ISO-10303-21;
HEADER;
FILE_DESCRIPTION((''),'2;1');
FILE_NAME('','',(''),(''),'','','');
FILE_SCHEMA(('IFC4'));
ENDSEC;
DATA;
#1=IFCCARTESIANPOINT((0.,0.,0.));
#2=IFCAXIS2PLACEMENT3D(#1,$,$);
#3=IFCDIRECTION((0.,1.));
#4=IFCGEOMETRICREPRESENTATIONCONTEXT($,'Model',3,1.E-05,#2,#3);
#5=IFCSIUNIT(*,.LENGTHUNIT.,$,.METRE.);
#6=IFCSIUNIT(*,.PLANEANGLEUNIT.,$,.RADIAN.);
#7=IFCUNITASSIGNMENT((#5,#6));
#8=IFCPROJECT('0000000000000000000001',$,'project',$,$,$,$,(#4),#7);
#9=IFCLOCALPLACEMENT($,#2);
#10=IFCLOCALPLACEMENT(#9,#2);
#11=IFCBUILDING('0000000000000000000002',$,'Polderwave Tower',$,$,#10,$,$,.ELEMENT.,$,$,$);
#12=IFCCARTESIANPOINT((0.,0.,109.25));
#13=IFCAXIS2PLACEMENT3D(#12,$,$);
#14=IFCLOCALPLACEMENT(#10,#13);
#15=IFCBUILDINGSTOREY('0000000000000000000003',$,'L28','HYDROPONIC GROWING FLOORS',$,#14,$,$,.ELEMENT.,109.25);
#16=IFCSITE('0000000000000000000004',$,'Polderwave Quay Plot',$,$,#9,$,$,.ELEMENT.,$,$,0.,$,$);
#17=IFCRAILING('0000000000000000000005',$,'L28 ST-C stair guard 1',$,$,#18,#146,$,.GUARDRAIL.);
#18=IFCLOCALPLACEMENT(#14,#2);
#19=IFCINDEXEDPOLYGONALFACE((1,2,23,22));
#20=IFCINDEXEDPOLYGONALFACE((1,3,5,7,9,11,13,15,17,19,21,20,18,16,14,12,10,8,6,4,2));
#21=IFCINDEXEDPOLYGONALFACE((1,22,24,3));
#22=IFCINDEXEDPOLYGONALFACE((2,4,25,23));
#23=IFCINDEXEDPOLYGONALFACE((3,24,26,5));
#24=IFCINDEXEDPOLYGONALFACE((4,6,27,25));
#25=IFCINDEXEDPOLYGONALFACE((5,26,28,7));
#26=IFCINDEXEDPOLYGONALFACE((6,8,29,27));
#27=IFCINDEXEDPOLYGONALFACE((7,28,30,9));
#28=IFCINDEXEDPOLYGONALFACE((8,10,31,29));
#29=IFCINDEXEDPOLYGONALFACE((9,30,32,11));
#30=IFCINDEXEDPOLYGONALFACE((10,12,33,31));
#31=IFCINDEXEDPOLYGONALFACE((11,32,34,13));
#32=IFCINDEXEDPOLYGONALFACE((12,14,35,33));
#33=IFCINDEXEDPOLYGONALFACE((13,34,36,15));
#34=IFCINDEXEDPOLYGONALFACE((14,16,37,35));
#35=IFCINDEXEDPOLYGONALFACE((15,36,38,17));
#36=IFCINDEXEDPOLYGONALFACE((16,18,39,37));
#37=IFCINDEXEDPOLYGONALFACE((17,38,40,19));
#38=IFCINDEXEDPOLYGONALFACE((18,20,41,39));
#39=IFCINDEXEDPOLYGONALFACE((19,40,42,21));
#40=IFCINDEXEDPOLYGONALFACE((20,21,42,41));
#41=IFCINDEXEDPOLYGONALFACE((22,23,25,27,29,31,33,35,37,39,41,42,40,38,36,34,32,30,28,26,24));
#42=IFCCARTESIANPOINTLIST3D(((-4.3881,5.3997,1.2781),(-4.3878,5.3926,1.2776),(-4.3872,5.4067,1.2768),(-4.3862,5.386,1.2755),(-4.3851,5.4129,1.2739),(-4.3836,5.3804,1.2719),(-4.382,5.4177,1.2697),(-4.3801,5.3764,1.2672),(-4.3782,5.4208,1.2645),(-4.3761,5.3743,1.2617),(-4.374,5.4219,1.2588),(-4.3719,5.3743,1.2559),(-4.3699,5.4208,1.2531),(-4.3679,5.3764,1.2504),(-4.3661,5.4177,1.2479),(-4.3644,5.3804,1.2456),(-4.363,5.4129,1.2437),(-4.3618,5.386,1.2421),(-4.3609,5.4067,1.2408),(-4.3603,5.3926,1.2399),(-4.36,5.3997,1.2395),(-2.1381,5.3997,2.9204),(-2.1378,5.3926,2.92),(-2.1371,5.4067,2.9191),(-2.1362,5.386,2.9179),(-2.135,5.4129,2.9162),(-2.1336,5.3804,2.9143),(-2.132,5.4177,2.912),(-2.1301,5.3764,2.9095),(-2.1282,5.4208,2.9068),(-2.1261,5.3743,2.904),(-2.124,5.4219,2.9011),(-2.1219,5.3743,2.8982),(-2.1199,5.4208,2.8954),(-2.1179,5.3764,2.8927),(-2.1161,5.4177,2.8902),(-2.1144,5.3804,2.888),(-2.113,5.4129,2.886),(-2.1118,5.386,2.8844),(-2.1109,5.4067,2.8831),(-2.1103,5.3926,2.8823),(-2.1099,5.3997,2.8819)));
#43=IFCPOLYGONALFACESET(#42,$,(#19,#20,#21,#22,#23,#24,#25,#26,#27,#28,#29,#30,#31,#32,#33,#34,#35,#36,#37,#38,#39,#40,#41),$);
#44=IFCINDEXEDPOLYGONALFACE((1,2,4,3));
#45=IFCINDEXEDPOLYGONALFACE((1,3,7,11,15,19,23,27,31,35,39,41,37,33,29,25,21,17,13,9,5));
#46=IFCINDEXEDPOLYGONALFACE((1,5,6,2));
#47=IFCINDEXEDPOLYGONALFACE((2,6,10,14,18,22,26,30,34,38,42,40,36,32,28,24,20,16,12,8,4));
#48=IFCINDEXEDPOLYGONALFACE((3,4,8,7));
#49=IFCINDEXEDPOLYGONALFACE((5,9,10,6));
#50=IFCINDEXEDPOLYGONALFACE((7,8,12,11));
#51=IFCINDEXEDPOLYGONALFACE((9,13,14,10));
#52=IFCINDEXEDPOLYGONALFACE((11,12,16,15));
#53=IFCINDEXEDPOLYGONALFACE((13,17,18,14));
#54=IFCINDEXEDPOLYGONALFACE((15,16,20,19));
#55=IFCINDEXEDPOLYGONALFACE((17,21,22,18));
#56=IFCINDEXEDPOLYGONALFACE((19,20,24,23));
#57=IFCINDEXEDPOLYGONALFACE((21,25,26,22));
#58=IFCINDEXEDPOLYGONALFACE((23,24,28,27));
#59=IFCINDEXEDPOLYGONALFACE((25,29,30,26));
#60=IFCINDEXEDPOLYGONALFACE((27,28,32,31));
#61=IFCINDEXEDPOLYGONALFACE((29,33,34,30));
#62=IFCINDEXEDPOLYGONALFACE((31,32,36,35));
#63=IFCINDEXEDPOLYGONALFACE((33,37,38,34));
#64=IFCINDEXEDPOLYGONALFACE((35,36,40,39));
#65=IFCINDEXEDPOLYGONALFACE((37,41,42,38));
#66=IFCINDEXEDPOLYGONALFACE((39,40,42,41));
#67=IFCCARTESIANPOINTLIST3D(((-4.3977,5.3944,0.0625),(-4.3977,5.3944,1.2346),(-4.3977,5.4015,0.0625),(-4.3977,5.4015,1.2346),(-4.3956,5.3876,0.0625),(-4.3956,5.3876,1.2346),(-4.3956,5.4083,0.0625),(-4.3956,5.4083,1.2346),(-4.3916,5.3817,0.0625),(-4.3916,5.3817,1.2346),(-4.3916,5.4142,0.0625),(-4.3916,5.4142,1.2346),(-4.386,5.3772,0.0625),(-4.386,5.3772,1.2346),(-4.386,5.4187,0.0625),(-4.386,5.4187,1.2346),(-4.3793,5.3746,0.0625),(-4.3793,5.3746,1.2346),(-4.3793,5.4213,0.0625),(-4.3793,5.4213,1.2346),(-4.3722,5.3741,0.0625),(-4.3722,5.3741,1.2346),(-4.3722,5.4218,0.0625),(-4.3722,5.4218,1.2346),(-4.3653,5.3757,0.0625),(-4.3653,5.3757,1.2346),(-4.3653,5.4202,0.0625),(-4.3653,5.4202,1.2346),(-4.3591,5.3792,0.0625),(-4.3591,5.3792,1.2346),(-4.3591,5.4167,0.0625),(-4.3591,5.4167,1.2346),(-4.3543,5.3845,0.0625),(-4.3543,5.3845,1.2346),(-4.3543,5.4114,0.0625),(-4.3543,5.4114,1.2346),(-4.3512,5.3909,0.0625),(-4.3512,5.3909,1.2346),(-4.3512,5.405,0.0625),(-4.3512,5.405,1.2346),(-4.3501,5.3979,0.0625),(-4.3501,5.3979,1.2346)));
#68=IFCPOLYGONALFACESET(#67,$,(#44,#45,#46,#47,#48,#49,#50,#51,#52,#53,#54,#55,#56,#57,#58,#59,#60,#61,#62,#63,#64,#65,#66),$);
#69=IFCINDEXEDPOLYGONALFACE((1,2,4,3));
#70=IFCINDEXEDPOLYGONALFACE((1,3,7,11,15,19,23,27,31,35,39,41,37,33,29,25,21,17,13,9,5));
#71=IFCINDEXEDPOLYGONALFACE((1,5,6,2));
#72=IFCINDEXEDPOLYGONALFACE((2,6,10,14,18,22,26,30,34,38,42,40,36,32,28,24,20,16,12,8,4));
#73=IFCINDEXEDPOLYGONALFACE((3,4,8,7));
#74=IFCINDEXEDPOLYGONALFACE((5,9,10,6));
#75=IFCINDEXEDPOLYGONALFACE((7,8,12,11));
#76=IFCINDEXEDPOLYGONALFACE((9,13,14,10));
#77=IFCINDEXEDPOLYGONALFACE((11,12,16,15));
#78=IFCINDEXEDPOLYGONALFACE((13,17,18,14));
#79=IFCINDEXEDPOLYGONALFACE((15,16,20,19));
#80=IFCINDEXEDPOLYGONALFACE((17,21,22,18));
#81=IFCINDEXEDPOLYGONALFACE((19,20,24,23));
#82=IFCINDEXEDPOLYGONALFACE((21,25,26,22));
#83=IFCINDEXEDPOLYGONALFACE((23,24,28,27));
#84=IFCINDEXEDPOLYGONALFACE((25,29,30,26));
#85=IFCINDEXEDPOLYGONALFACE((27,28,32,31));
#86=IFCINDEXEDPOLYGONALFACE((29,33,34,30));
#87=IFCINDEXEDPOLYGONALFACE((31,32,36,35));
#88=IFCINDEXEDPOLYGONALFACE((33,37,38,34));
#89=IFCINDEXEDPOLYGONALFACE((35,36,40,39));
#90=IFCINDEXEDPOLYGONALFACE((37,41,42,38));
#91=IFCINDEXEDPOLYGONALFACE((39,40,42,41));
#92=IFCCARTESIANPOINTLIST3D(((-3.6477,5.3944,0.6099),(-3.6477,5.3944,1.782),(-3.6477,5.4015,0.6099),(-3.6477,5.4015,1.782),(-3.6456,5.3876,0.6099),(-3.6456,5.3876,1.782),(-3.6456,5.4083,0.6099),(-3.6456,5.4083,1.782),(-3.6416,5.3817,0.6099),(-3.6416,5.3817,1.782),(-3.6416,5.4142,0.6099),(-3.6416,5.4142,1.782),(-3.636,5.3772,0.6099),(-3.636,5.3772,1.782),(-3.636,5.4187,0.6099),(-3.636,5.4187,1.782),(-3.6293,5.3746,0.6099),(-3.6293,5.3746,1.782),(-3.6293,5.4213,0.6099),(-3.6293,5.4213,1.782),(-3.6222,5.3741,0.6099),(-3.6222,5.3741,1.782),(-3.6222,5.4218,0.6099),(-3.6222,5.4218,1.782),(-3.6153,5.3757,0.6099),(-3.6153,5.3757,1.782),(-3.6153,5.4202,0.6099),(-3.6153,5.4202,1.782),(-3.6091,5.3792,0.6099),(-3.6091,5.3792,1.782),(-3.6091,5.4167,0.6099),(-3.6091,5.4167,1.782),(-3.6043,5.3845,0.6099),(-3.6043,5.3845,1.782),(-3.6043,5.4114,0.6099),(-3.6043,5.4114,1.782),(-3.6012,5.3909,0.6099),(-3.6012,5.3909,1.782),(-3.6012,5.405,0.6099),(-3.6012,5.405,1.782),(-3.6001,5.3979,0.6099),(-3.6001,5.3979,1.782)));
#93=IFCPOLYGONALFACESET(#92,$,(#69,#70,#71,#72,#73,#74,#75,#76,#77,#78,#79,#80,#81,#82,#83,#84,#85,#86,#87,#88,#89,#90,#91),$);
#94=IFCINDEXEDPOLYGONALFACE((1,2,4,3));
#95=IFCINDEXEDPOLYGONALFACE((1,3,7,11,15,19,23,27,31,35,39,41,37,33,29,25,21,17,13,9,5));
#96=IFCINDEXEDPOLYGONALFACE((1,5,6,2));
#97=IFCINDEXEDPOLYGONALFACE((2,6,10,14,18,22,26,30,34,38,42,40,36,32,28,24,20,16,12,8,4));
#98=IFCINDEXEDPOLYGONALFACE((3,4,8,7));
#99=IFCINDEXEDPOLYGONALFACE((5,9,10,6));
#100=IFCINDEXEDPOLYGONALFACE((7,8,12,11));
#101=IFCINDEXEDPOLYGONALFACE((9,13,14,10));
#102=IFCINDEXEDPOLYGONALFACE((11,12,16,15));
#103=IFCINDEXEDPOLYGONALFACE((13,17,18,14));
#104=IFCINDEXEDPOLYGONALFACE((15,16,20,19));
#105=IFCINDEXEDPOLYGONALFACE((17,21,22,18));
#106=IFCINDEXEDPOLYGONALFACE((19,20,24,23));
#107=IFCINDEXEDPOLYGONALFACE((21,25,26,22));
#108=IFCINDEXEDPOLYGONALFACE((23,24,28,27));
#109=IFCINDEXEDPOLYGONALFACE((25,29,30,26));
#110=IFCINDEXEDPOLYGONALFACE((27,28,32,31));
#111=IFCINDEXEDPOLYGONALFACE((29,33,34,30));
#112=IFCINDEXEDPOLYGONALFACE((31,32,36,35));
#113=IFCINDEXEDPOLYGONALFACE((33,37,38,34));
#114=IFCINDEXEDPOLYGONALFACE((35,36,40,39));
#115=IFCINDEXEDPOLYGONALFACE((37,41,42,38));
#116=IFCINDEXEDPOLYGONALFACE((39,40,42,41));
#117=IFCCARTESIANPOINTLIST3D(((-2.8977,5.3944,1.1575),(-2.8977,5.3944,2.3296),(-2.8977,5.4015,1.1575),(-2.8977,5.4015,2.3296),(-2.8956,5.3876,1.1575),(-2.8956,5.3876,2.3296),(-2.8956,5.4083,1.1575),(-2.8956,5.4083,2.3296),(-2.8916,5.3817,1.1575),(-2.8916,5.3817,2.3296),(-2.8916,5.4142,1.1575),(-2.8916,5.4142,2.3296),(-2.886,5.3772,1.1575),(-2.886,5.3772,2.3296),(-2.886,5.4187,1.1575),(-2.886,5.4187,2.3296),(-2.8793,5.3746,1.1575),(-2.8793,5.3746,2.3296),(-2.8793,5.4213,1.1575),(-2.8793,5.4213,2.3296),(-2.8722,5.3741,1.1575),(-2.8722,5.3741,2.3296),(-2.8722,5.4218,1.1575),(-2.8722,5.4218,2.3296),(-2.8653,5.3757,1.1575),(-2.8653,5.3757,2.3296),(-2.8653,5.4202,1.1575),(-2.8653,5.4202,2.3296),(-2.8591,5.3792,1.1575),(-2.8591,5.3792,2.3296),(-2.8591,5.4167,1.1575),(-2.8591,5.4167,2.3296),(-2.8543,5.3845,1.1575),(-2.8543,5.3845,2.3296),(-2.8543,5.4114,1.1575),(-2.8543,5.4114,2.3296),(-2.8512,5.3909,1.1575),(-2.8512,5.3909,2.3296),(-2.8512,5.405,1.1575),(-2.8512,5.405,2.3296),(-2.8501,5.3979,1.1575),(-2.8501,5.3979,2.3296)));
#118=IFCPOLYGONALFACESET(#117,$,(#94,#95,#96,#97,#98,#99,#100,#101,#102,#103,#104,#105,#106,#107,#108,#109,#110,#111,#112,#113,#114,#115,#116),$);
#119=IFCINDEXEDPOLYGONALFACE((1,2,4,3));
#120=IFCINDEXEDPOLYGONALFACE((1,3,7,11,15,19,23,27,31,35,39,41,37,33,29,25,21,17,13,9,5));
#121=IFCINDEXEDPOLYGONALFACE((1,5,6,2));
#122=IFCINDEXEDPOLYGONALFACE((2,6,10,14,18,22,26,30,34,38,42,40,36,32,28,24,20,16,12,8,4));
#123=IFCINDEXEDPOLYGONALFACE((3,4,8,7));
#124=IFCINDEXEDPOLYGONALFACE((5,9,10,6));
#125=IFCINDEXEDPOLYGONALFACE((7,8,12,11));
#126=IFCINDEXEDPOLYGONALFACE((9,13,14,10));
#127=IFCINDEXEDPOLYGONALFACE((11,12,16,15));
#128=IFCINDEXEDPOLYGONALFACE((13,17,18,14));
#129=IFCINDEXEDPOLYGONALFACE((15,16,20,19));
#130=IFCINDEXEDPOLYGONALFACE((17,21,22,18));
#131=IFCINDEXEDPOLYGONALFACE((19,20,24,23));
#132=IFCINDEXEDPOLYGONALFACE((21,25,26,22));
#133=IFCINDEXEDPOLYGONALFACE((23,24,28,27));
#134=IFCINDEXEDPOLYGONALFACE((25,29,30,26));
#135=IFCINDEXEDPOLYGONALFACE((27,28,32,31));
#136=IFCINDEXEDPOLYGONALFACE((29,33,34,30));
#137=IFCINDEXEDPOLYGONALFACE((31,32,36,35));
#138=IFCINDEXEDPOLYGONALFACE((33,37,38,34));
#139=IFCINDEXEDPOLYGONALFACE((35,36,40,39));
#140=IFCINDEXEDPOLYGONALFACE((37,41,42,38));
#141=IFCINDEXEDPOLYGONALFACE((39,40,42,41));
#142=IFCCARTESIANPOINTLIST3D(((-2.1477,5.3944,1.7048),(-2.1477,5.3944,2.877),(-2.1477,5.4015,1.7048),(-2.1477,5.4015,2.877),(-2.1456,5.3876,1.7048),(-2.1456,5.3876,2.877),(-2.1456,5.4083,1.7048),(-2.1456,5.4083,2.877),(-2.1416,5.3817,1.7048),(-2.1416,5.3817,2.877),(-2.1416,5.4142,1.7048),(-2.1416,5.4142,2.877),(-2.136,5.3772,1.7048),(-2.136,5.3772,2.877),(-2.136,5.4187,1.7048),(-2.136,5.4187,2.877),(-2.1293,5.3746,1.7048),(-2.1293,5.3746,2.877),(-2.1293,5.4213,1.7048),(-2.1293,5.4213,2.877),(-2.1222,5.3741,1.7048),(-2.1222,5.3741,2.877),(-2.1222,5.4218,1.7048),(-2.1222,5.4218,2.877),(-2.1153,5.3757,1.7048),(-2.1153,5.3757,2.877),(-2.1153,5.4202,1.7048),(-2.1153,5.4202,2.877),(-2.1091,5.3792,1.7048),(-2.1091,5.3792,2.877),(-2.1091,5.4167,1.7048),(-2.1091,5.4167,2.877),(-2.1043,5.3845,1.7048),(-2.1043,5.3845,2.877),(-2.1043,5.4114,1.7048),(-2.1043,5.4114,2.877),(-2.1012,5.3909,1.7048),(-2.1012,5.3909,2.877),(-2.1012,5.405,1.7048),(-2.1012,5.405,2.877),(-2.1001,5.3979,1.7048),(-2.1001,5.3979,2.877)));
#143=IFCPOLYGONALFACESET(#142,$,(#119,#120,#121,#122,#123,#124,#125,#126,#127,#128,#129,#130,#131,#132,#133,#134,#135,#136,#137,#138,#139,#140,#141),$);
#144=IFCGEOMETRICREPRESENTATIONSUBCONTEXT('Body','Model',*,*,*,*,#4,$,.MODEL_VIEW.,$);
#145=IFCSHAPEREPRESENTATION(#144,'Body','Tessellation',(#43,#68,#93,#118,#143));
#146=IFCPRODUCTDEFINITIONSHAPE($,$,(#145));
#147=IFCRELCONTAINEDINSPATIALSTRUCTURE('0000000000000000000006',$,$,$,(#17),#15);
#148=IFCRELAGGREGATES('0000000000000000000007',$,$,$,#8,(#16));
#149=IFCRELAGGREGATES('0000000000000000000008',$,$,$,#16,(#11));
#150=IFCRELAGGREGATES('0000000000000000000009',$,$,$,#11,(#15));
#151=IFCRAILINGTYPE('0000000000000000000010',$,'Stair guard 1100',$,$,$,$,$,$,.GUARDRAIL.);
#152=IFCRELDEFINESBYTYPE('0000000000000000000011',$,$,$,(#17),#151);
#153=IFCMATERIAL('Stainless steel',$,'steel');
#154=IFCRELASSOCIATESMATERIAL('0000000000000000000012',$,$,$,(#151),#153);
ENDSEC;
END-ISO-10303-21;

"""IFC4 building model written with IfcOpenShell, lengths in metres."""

from ifc_helpers import new_model, si_unit, direction, frame, origin, origin_2d, place, context, subcontext, project, spatial, circle, extrude, material, type_object, element, save


model = new_model("IFC4")

# Units and contexts
model_context = context("Model", 3, precision=1e-05, world=origin(), true_north=direction((0.0, 1.0)))
body_context = subcontext(model_context, "Body", "Model", "MODEL_VIEW")
ifc_project = project(units=[si_unit("LENGTHUNIT", "METRE"), si_unit("PLANEANGLEUNIT", "RADIAN")], contexts=[model_context])

# Site, building, storey
site_placement = place(None, origin())
site = spatial("IfcSite", under=ifc_project, at=site_placement, Name="Polderwave Quay Plot", CompositionType="ELEMENT", RefElevation=0.0)
building_placement = place(site_placement, origin())
building = spatial("IfcBuilding", under=site, at=building_placement, Name="Polderwave Tower", CompositionType="ELEMENT")
storey_placement = place(building_placement, frame((0.0, 0.0, 109.25)))
storey = spatial("IfcBuildingStorey", under=building, at=storey_placement, Name="L28", Description="HYDROPONIC GROWING FLOORS", CompositionType="ELEMENT", Elevation=109.25)

# Railing
ifc_material_1 = material(Name="Stainless steel", Category="steel")
railing_type_1 = type_object("IfcRailingType", Name="Stair guard 1100", PredefinedType="GUARDRAIL", material=ifc_material_1)
railing_1_placement = place(storey_placement, frame((-4.374, 5.3979, 0.0625)))
element("IfcRailing", 1, at=railing_1_placement, inside=storey, type_object=railing_type_1, Name="L28 ST-C stair guard 1", PredefinedType="GUARDRAIL", context=body_context, shape_type="SweptSolid", body=[
    extrude(circle(Radius=0.0239, at=origin_2d()), frame((0.0, 0.0, 1.1963), z_axis=(0.807715, 0.0, 0.589573), x_axis=(0.0, 1.0, 0.0)), (0.0, 0.0, 1.0), 2.7856),
    extrude(circle(Radius=0.0239, at=origin_2d()), origin(), (0.0, 0.0, 1.0), 1.1721),
    extrude(circle(Radius=0.0239, at=origin_2d()), frame((0.75, 0.0, 0.5474)), (0.0, 0.0, 1.0), 1.1721),
    extrude(circle(Radius=0.0239, at=origin_2d()), frame((1.5, 0.0, 1.095)), (0.0, 0.0, 1.0), 1.1721),
    extrude(circle(Radius=0.0239, at=origin_2d()), frame((2.25, 0.0, 1.6423)), (0.0, 0.0, 1.0), 1.1721),
])

save(model, "model.ifc")
